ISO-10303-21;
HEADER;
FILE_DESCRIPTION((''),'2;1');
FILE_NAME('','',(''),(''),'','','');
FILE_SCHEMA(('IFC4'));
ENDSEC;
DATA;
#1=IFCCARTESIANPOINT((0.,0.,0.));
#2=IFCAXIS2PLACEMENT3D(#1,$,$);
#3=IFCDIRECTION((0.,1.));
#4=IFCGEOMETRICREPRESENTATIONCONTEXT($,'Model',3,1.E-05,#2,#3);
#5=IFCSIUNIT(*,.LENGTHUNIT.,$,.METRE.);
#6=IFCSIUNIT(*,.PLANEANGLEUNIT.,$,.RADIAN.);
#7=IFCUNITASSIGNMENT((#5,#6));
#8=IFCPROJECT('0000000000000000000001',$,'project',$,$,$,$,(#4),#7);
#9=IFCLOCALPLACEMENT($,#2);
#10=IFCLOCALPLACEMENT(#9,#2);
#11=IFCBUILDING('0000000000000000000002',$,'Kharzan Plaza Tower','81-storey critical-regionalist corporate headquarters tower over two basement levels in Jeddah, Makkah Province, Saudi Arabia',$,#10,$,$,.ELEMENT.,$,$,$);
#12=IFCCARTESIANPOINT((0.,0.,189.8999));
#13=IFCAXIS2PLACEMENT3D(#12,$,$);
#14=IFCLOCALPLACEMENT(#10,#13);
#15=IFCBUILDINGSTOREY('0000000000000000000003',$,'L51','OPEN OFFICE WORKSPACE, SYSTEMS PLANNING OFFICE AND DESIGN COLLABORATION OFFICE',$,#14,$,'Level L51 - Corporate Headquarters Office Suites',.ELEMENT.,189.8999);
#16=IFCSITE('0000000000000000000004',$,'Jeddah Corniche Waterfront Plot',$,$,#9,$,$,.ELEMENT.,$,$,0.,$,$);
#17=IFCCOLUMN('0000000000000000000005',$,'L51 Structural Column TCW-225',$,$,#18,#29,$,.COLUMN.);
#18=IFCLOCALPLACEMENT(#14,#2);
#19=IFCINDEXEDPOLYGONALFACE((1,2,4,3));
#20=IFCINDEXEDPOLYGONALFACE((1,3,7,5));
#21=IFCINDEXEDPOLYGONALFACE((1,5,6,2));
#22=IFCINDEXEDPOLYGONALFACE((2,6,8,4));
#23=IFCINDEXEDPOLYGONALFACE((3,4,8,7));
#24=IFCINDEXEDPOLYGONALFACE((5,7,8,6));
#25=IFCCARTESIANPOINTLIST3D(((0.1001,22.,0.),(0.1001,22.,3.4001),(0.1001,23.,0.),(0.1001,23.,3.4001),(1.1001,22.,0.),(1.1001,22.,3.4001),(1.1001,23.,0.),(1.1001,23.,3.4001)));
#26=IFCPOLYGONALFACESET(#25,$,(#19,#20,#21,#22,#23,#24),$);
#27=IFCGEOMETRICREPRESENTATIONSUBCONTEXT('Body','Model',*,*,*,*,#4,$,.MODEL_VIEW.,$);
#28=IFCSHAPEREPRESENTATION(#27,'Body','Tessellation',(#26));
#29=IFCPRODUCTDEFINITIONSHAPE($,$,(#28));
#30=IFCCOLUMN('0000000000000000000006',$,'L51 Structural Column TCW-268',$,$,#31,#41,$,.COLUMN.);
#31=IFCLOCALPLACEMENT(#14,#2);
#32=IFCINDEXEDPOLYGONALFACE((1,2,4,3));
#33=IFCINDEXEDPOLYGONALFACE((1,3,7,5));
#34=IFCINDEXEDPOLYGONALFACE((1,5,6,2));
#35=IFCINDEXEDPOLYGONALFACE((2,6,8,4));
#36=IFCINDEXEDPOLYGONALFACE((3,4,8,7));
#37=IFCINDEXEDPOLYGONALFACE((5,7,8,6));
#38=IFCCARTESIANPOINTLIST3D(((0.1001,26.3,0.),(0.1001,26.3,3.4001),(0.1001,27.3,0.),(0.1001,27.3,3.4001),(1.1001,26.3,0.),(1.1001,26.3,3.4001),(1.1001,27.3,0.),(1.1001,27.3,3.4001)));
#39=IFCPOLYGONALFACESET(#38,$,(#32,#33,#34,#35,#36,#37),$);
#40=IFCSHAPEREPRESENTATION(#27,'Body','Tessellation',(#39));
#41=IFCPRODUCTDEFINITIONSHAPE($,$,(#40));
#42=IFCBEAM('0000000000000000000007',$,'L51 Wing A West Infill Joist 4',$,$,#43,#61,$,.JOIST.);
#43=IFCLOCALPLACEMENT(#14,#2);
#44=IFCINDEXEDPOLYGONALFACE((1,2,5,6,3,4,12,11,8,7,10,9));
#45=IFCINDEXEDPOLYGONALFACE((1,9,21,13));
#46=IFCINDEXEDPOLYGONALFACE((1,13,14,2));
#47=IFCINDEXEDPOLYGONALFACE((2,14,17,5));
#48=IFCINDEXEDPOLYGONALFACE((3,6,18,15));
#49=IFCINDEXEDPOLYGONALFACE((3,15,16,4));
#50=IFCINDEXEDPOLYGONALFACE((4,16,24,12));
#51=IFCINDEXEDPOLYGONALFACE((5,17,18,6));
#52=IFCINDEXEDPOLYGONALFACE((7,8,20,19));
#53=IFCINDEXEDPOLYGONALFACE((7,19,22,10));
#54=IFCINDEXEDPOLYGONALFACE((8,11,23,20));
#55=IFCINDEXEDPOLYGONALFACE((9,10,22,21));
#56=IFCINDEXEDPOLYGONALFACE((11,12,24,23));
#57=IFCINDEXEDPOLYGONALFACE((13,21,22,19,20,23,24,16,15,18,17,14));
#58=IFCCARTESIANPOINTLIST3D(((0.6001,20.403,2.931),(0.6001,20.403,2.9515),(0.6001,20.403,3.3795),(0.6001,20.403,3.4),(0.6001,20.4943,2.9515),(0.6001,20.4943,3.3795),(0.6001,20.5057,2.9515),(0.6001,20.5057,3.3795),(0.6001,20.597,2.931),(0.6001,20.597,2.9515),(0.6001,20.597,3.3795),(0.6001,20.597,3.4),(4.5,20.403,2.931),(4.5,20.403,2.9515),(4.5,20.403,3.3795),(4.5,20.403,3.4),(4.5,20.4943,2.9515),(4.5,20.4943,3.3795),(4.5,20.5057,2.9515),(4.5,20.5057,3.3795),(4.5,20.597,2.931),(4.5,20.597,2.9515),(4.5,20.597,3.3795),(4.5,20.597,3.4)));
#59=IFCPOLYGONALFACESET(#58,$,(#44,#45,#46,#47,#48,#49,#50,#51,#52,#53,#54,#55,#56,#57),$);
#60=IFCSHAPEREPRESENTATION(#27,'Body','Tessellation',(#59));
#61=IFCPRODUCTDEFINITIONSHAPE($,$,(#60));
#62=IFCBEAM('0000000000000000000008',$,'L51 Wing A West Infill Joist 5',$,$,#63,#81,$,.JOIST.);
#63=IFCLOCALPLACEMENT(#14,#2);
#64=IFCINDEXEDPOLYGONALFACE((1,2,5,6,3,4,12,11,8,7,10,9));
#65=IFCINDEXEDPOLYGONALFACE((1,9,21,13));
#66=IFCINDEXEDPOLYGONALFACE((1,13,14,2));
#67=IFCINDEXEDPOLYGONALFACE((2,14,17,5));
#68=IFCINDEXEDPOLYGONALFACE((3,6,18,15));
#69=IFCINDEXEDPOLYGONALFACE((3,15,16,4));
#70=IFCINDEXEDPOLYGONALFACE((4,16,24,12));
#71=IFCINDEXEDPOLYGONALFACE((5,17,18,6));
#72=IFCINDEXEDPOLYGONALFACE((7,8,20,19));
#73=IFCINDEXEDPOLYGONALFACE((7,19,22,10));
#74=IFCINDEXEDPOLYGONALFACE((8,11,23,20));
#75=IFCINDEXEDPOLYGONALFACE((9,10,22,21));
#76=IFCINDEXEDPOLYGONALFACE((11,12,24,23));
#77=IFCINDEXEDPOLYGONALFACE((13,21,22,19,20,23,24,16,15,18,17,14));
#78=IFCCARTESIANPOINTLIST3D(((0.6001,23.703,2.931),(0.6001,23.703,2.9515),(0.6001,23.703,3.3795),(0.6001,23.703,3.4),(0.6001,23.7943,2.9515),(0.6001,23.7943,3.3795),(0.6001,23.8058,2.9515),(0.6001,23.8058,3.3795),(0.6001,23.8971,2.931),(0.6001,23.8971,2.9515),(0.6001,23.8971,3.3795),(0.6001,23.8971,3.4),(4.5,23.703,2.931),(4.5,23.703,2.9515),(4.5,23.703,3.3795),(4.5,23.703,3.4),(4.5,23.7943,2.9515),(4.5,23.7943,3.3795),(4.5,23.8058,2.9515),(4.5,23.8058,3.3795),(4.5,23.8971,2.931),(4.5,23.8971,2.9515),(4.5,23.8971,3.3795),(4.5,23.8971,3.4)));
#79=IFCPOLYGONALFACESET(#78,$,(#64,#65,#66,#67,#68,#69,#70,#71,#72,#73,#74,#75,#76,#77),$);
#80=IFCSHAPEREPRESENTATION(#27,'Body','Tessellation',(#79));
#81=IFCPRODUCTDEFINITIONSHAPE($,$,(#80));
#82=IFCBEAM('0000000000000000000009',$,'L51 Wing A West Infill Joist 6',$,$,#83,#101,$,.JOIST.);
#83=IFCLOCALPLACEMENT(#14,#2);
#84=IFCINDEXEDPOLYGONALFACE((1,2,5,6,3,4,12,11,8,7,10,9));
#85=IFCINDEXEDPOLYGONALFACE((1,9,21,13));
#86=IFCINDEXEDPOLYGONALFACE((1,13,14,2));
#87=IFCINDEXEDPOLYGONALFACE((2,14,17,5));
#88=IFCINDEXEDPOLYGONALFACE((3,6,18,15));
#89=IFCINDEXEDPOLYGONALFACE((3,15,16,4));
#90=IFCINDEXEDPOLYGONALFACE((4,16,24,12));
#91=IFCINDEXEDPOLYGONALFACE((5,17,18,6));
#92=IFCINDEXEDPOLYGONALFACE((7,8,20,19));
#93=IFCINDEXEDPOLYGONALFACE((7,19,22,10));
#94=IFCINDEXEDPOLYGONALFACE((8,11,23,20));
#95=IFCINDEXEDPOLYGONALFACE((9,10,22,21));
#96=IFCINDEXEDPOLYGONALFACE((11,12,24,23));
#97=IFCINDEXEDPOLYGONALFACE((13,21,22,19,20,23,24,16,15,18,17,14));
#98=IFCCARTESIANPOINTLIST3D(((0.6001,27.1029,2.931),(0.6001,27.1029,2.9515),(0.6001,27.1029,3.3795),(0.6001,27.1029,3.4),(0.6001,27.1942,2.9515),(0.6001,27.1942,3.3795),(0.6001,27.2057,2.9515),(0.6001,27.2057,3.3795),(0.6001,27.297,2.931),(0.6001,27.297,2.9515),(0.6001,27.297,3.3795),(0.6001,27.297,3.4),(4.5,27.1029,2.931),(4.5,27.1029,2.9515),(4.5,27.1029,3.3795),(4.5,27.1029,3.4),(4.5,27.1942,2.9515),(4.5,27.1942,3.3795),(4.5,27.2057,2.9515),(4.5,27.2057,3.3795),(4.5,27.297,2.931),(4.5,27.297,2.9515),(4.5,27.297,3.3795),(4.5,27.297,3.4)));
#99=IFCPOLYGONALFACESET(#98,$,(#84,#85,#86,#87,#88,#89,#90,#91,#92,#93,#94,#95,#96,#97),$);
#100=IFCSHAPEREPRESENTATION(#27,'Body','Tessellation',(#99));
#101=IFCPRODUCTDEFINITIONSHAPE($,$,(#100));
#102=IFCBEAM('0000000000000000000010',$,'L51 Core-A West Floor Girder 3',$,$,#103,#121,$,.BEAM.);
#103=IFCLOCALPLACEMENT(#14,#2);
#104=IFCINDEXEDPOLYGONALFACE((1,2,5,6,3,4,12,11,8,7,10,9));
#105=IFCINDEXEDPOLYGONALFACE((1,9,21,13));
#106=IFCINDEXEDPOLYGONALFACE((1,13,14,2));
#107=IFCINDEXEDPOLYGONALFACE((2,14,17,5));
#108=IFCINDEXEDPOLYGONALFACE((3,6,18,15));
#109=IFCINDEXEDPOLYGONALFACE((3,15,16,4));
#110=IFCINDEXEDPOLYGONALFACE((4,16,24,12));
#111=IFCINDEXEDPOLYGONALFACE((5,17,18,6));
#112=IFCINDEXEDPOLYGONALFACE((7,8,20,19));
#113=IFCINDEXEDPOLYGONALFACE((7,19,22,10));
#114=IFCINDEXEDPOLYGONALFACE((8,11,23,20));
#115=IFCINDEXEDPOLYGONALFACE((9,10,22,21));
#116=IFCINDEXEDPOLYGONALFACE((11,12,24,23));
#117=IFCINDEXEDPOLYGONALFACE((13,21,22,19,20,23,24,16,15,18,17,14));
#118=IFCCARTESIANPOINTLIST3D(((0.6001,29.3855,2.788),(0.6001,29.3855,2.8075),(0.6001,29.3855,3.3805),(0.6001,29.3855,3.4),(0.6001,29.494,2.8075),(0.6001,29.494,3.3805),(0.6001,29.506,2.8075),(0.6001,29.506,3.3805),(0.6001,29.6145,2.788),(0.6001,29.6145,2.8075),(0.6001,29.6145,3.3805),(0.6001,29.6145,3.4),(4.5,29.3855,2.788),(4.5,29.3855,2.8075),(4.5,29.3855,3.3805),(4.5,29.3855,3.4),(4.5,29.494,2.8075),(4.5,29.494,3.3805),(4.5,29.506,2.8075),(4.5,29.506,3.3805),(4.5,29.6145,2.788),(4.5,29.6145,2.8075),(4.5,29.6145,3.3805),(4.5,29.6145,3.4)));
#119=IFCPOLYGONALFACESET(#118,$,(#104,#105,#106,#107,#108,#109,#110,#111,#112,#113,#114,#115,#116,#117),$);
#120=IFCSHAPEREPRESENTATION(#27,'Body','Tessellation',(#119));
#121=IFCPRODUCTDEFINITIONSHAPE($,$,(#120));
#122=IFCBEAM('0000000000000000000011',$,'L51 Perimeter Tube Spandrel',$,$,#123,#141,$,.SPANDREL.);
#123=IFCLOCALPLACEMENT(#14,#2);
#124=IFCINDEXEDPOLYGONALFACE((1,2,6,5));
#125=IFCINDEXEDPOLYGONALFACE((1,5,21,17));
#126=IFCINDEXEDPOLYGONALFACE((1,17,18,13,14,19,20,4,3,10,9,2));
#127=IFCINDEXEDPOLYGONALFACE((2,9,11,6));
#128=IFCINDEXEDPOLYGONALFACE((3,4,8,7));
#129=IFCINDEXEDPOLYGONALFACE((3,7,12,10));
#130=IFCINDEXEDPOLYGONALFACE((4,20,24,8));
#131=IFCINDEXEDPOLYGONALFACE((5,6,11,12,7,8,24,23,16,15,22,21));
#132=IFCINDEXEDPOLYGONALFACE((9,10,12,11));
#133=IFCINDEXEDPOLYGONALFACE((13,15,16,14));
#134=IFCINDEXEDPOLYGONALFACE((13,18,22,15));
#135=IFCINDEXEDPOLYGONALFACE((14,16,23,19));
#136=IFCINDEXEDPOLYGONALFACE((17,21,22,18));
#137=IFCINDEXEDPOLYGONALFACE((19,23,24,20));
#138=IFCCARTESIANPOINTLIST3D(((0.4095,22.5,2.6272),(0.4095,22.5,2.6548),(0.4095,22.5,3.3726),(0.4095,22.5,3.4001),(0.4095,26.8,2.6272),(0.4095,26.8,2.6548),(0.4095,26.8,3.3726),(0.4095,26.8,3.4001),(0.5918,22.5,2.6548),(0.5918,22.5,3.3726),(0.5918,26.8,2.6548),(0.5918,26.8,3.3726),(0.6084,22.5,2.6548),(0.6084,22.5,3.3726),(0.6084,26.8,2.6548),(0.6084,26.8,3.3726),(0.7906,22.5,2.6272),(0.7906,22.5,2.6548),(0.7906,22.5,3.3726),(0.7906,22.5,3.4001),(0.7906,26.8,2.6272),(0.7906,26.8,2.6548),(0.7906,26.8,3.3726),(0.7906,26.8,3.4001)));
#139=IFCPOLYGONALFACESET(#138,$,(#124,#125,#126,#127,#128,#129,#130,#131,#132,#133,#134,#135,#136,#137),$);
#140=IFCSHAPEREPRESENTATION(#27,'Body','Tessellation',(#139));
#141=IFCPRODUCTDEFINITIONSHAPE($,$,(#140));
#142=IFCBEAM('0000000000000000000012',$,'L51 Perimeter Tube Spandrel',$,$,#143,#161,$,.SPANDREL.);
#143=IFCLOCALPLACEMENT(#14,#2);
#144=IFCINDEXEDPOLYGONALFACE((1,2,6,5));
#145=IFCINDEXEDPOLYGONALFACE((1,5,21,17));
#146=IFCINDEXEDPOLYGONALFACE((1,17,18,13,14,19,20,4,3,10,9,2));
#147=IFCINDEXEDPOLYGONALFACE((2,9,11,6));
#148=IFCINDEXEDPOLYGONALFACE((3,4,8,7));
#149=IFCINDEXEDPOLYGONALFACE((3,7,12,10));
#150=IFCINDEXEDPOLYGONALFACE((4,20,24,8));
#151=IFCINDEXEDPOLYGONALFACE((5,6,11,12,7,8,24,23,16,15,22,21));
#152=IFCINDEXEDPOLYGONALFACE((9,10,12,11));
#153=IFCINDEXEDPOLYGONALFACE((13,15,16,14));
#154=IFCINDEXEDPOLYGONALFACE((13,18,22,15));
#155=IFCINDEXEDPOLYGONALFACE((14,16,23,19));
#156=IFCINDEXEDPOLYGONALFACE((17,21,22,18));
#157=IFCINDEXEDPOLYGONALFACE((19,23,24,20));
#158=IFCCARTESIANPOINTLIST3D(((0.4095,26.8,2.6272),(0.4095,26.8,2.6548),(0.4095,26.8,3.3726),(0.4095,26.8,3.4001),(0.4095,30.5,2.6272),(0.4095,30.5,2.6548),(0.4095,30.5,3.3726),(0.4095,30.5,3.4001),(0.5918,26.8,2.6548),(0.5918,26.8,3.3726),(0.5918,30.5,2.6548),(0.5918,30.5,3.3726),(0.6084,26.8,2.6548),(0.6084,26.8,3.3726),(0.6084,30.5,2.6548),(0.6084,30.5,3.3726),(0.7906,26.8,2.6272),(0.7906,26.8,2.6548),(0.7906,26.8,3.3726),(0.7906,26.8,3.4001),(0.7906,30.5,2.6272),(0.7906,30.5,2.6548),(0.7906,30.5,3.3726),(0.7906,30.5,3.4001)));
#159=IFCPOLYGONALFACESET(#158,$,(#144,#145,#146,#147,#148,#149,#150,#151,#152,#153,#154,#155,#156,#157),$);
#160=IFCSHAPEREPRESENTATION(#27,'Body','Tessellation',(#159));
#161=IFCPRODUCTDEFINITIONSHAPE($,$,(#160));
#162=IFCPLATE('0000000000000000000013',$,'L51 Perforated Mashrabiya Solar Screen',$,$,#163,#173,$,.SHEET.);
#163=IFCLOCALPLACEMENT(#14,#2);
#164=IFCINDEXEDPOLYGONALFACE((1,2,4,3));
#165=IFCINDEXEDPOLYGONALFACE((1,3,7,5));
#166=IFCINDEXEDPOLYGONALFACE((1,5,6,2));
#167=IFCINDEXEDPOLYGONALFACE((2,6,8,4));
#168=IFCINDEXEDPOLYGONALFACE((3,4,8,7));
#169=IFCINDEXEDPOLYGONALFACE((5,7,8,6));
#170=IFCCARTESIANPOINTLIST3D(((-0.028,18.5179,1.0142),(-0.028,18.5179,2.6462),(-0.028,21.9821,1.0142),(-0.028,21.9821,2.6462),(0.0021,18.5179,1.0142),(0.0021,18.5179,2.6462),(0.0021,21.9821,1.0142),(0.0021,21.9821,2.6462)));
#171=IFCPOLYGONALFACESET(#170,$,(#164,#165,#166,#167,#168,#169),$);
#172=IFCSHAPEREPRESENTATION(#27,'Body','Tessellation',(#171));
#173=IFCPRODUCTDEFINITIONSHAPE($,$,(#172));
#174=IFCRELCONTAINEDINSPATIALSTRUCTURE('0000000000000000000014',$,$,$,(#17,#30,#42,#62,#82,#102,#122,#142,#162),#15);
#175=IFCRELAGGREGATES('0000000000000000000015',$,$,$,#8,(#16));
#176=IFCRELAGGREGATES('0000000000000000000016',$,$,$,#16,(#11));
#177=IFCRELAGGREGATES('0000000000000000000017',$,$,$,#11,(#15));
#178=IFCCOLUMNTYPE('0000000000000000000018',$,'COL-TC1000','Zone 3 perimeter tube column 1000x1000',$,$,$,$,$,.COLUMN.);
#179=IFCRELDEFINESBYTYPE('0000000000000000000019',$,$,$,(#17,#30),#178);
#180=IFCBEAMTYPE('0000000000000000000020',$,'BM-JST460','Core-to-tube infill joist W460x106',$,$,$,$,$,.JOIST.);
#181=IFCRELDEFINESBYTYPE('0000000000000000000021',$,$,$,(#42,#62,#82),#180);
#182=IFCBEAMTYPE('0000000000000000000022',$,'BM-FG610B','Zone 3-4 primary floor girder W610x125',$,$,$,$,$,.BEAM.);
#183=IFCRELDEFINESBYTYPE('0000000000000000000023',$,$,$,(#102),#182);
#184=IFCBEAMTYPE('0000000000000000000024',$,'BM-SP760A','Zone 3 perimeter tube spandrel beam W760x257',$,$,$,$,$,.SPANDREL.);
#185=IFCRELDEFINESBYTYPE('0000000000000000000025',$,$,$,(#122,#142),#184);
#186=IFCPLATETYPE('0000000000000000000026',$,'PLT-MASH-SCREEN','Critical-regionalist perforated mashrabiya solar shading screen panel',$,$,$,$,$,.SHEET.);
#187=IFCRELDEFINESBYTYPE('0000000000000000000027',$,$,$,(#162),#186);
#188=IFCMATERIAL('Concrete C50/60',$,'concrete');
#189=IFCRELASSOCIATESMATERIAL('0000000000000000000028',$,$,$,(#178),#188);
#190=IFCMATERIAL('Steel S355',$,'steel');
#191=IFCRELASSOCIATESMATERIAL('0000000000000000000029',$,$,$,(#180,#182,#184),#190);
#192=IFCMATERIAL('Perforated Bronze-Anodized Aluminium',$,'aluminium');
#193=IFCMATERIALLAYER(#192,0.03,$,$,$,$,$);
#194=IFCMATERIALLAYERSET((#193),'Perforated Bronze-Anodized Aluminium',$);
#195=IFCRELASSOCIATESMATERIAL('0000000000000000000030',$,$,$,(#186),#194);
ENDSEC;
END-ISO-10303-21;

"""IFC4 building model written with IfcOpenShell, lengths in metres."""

from ifc_helpers import new_model, si_unit, direction, frame, origin, origin_2d, place, context, subcontext, project, spatial, rectangle, i_section, extrude, source, transform, mapped, material, layer, layer_set, material_profile, profile_set, type_object, element, save


model = new_model("IFC4")

# Units and contexts
model_context = context("Model", 3, precision=1e-05, world=origin(), true_north=direction((0.0, 1.0)))
body_context = subcontext(model_context, "Body", "Model", "MODEL_VIEW")
ifc_project = project(units=[si_unit("LENGTHUNIT", "METRE"), si_unit("PLANEANGLEUNIT", "RADIAN")], contexts=[model_context])

# Site, building, storey
site_placement = place(None, origin())
site = spatial("IfcSite", under=ifc_project, at=site_placement, Name="Jeddah Corniche Waterfront Plot", CompositionType="ELEMENT", RefElevation=0.0)
building_placement = place(site_placement, origin())
building = spatial("IfcBuilding", under=site, at=building_placement, Name="Kharzan Plaza Tower", Description="81-storey critical-regionalist corporate headquarters tower over two basement levels in Jeddah, Makkah Province, Saudi Arabia", CompositionType="ELEMENT")
storey_placement = place(building_placement, frame((0.0, 0.0, 189.8999)))
storey = spatial("IfcBuildingStorey", under=building, at=storey_placement, Name="L51", Description="OPEN OFFICE WORKSPACE, SYSTEMS PLANNING OFFICE AND DESIGN COLLABORATION OFFICE", LongName="Level L51 - Corporate Headquarters Office Suites", CompositionType="ELEMENT", Elevation=189.8999)

# Columns
ifc_material_1 = material(Name="Concrete C50/60", Category="concrete")
ifc_material_profile_1 = material_profile(ifc_material_1, rectangle(XDim=1.0, YDim=1.0, at=origin_2d()), Name="RC-TC1000x1000")
ifc_profile_set_1 = profile_set([ifc_material_profile_1], Name="Concrete C50/60")
column_type = type_object("IfcColumnType", Name="COL-TC1000", Description="Zone 3 perimeter tube column 1000x1000", PredefinedType="COLUMN", material=ifc_profile_set_1)
shared_shape_1 = source(origin(), body_context, "Body", "SweptSolid", [
    extrude(rectangle(XDim=1.0, YDim=1.0, at=origin_2d()), origin(), (0.0, 0.0, 1.0), 3.4001),
])
for number, where, z_axis, x_axis, name in (
    (1, (0.6001, 22.5, 0.0), (0.0, 0.0, 1.0), (1.0, 0.0, 0.0), "L51 Structural Column TCW-225"),
    (2, (0.6001, 26.8, 0.0), (0.0, 0.0, 1.0), (1.0, 0.0, 0.0), "L51 Structural Column TCW-268"),
):
    element("IfcColumn", number, at=place(storey_placement, frame(where, z_axis=z_axis, x_axis=x_axis)), inside=storey, type_object=column_type, Name=name, PredefinedType="COLUMN", context=body_context, shape_type="MappedRepresentation", body=[
        mapped(shared_shape_1, transform((0.0, 0.0, 0.0), x_axis=(1.0, 0.0, 0.0), y_axis=(0.0, 1.0, 0.0), z_axis=(0.0, 0.0, 1.0))),
    ])

# Beams
ifc_material_2 = material(Name="Steel S355", Category="steel")
ifc_material_profile_2 = material_profile(ifc_material_2, i_section(OverallWidth=0.1941, OverallDepth=0.469, WebThickness=0.0115, FlangeThickness=0.0205, at=origin_2d()), Name="W460x106")
ifc_profile_set_2 = profile_set([ifc_material_profile_2], Name="Steel S355")
beam_type_1 = type_object("IfcBeamType", Name="BM-JST460", Description="Core-to-tube infill joist W460x106", PredefinedType="JOIST", material=ifc_profile_set_2)
shared_shape_2 = source(origin(), body_context, "Body", "SweptSolid", [
    extrude(i_section(OverallWidth=0.1941, OverallDepth=0.469, WebThickness=0.0115, FlangeThickness=0.0205, at=origin_2d()), origin(), (0.0, 0.0, 1.0), 3.8999),
])
for number, where, z_axis, x_axis, name in (
    (3, (0.6001, 20.5, 3.1655), (1.0, 0.0, 0.0), (0.0, 1.0, 0.0), "L51 Wing A West Infill Joist 4"),
    (4, (0.6001, 23.8, 3.1655), (1.0, 0.0, 0.0), (0.0, 1.0, 0.0), "L51 Wing A West Infill Joist 5"),
    (5, (0.6001, 27.2, 3.1655), (1.0, 0.0, 0.0), (0.0, 1.0, 0.0), "L51 Wing A West Infill Joist 6"),
):
    element("IfcBeam", number, at=place(storey_placement, frame(where, z_axis=z_axis, x_axis=x_axis)), inside=storey, type_object=beam_type_1, Name=name, PredefinedType="JOIST", context=body_context, shape_type="MappedRepresentation", body=[
        mapped(shared_shape_2, transform((0.0, 0.0, 0.0), x_axis=(1.0, 0.0, 0.0), y_axis=(0.0, 1.0, 0.0), z_axis=(0.0, 0.0, 1.0))),
    ])
ifc_material_profile_3 = material_profile(ifc_material_2, i_section(OverallWidth=0.229, OverallDepth=0.6121, WebThickness=0.012, FlangeThickness=0.0195, at=origin_2d()), Name="W610x125")
ifc_profile_set_3 = profile_set([ifc_material_profile_3], Name="Steel S355")
beam_type_2 = type_object("IfcBeamType", Name="BM-FG610B", Description="Zone 3-4 primary floor girder W610x125", PredefinedType="BEAM", material=ifc_profile_set_3)
shared_shape_3 = source(origin(), body_context, "Body", "SweptSolid", [
    extrude(i_section(OverallWidth=0.229, OverallDepth=0.6121, WebThickness=0.012, FlangeThickness=0.0195, at=origin_2d()), origin(), (0.0, 0.0, 1.0), 3.8999),
])
beam_1_placement = place(storey_placement, frame((0.6001, 29.5, 3.094), z_axis=(1.0, 0.0, 0.0), x_axis=(0.0, 1.0, 0.0)))
element("IfcBeam", 6, at=beam_1_placement, inside=storey, type_object=beam_type_2, Name="L51 Core-A West Floor Girder 3", PredefinedType="BEAM", context=body_context, shape_type="MappedRepresentation", body=[
    mapped(shared_shape_3, transform((0.0, 0.0, 0.0), x_axis=(1.0, 0.0, 0.0), y_axis=(0.0, 1.0, 0.0), z_axis=(0.0, 0.0, 1.0))),
])
ifc_material_profile_4 = material_profile(ifc_material_2, i_section(OverallWidth=0.3811, OverallDepth=0.7729, WebThickness=0.0166, FlangeThickness=0.0276, at=origin_2d()), Name="W760x257")
ifc_profile_set_4 = profile_set([ifc_material_profile_4], Name="Steel S355")
beam_type_3 = type_object("IfcBeamType", Name="BM-SP760A", Description="Zone 3 perimeter tube spandrel beam W760x257", PredefinedType="SPANDREL", material=ifc_profile_set_4)
shared_shape_4 = source(origin(), body_context, "Body", "SweptSolid", [
    extrude(i_section(OverallWidth=0.3811, OverallDepth=0.7729, WebThickness=0.0166, FlangeThickness=0.0276, at=origin_2d()), origin(), (0.0, 0.0, 1.0), 4.3),
])
beam_2_placement = place(storey_placement, frame((0.6001, 22.5, 3.0137), z_axis=(0.0, 1.0, 0.0), x_axis=(-1.0, 0.0, 0.0)))
element("IfcBeam", 7, at=beam_2_placement, inside=storey, type_object=beam_type_3, Name="L51 Perimeter Tube Spandrel", PredefinedType="SPANDREL", context=body_context, shape_type="MappedRepresentation", body=[
    mapped(shared_shape_4, transform((0.0, 0.0, 0.0), x_axis=(1.0, 0.0, 0.0), y_axis=(0.0, 1.0, 0.0), z_axis=(0.0, 0.0, 1.0))),
])
shared_shape_5 = source(origin(), body_context, "Body", "SweptSolid", [
    extrude(i_section(OverallWidth=0.3811, OverallDepth=0.7729, WebThickness=0.0166, FlangeThickness=0.0276, at=origin_2d()), origin(), (0.0, 0.0, 1.0), 3.7),
])
beam_3_placement = place(storey_placement, frame((0.6001, 26.8, 3.0137), z_axis=(0.0, 1.0, 0.0), x_axis=(-1.0, 0.0, 0.0)))
element("IfcBeam", 8, at=beam_3_placement, inside=storey, type_object=beam_type_3, Name="L51 Perimeter Tube Spandrel", PredefinedType="SPANDREL", context=body_context, shape_type="MappedRepresentation", body=[
    mapped(shared_shape_5, transform((0.0, 0.0, 0.0), x_axis=(1.0, 0.0, 0.0), y_axis=(0.0, 1.0, 0.0), z_axis=(0.0, 0.0, 1.0))),
])

# Plate
ifc_material_3 = material(Name="Perforated Bronze-Anodized Aluminium", Category="aluminium")
ifc_layer_1 = layer(ifc_material_3, 0.03)
ifc_layer_set_1 = layer_set([ifc_layer_1], Name="Perforated Bronze-Anodized Aluminium")
plate_type = type_object("IfcPlateType", Name="PLT-MASH-SCREEN", Description="Critical-regionalist perforated mashrabiya solar shading screen panel", PredefinedType="SHEET", material=ifc_layer_set_1)
shared_shape_6 = source(origin(), body_context, "Body", "SweptSolid", [
    extrude(rectangle(XDim=3.4641, YDim=0.03, at=origin_2d()), origin(), (0.0, 0.0, 1.0), 1.6321),
])
plate_1_placement = place(storey_placement, frame((-0.0129, 20.25, 1.0142), z_axis=(0.0, 0.0, 1.0), x_axis=(0.0, -1.0, 0.0)))
element("IfcPlate", 9, at=plate_1_placement, inside=storey, type_object=plate_type, Name="L51 Perforated Mashrabiya Solar Screen", PredefinedType="SHEET", context=body_context, shape_type="MappedRepresentation", body=[
    mapped(shared_shape_6, transform((0.0, 0.0, 0.0), x_axis=(1.0, 0.0, 0.0), y_axis=(0.0, 1.0, 0.0), z_axis=(0.0, 0.0, 1.0))),
])

save(model, "model.ifc")
